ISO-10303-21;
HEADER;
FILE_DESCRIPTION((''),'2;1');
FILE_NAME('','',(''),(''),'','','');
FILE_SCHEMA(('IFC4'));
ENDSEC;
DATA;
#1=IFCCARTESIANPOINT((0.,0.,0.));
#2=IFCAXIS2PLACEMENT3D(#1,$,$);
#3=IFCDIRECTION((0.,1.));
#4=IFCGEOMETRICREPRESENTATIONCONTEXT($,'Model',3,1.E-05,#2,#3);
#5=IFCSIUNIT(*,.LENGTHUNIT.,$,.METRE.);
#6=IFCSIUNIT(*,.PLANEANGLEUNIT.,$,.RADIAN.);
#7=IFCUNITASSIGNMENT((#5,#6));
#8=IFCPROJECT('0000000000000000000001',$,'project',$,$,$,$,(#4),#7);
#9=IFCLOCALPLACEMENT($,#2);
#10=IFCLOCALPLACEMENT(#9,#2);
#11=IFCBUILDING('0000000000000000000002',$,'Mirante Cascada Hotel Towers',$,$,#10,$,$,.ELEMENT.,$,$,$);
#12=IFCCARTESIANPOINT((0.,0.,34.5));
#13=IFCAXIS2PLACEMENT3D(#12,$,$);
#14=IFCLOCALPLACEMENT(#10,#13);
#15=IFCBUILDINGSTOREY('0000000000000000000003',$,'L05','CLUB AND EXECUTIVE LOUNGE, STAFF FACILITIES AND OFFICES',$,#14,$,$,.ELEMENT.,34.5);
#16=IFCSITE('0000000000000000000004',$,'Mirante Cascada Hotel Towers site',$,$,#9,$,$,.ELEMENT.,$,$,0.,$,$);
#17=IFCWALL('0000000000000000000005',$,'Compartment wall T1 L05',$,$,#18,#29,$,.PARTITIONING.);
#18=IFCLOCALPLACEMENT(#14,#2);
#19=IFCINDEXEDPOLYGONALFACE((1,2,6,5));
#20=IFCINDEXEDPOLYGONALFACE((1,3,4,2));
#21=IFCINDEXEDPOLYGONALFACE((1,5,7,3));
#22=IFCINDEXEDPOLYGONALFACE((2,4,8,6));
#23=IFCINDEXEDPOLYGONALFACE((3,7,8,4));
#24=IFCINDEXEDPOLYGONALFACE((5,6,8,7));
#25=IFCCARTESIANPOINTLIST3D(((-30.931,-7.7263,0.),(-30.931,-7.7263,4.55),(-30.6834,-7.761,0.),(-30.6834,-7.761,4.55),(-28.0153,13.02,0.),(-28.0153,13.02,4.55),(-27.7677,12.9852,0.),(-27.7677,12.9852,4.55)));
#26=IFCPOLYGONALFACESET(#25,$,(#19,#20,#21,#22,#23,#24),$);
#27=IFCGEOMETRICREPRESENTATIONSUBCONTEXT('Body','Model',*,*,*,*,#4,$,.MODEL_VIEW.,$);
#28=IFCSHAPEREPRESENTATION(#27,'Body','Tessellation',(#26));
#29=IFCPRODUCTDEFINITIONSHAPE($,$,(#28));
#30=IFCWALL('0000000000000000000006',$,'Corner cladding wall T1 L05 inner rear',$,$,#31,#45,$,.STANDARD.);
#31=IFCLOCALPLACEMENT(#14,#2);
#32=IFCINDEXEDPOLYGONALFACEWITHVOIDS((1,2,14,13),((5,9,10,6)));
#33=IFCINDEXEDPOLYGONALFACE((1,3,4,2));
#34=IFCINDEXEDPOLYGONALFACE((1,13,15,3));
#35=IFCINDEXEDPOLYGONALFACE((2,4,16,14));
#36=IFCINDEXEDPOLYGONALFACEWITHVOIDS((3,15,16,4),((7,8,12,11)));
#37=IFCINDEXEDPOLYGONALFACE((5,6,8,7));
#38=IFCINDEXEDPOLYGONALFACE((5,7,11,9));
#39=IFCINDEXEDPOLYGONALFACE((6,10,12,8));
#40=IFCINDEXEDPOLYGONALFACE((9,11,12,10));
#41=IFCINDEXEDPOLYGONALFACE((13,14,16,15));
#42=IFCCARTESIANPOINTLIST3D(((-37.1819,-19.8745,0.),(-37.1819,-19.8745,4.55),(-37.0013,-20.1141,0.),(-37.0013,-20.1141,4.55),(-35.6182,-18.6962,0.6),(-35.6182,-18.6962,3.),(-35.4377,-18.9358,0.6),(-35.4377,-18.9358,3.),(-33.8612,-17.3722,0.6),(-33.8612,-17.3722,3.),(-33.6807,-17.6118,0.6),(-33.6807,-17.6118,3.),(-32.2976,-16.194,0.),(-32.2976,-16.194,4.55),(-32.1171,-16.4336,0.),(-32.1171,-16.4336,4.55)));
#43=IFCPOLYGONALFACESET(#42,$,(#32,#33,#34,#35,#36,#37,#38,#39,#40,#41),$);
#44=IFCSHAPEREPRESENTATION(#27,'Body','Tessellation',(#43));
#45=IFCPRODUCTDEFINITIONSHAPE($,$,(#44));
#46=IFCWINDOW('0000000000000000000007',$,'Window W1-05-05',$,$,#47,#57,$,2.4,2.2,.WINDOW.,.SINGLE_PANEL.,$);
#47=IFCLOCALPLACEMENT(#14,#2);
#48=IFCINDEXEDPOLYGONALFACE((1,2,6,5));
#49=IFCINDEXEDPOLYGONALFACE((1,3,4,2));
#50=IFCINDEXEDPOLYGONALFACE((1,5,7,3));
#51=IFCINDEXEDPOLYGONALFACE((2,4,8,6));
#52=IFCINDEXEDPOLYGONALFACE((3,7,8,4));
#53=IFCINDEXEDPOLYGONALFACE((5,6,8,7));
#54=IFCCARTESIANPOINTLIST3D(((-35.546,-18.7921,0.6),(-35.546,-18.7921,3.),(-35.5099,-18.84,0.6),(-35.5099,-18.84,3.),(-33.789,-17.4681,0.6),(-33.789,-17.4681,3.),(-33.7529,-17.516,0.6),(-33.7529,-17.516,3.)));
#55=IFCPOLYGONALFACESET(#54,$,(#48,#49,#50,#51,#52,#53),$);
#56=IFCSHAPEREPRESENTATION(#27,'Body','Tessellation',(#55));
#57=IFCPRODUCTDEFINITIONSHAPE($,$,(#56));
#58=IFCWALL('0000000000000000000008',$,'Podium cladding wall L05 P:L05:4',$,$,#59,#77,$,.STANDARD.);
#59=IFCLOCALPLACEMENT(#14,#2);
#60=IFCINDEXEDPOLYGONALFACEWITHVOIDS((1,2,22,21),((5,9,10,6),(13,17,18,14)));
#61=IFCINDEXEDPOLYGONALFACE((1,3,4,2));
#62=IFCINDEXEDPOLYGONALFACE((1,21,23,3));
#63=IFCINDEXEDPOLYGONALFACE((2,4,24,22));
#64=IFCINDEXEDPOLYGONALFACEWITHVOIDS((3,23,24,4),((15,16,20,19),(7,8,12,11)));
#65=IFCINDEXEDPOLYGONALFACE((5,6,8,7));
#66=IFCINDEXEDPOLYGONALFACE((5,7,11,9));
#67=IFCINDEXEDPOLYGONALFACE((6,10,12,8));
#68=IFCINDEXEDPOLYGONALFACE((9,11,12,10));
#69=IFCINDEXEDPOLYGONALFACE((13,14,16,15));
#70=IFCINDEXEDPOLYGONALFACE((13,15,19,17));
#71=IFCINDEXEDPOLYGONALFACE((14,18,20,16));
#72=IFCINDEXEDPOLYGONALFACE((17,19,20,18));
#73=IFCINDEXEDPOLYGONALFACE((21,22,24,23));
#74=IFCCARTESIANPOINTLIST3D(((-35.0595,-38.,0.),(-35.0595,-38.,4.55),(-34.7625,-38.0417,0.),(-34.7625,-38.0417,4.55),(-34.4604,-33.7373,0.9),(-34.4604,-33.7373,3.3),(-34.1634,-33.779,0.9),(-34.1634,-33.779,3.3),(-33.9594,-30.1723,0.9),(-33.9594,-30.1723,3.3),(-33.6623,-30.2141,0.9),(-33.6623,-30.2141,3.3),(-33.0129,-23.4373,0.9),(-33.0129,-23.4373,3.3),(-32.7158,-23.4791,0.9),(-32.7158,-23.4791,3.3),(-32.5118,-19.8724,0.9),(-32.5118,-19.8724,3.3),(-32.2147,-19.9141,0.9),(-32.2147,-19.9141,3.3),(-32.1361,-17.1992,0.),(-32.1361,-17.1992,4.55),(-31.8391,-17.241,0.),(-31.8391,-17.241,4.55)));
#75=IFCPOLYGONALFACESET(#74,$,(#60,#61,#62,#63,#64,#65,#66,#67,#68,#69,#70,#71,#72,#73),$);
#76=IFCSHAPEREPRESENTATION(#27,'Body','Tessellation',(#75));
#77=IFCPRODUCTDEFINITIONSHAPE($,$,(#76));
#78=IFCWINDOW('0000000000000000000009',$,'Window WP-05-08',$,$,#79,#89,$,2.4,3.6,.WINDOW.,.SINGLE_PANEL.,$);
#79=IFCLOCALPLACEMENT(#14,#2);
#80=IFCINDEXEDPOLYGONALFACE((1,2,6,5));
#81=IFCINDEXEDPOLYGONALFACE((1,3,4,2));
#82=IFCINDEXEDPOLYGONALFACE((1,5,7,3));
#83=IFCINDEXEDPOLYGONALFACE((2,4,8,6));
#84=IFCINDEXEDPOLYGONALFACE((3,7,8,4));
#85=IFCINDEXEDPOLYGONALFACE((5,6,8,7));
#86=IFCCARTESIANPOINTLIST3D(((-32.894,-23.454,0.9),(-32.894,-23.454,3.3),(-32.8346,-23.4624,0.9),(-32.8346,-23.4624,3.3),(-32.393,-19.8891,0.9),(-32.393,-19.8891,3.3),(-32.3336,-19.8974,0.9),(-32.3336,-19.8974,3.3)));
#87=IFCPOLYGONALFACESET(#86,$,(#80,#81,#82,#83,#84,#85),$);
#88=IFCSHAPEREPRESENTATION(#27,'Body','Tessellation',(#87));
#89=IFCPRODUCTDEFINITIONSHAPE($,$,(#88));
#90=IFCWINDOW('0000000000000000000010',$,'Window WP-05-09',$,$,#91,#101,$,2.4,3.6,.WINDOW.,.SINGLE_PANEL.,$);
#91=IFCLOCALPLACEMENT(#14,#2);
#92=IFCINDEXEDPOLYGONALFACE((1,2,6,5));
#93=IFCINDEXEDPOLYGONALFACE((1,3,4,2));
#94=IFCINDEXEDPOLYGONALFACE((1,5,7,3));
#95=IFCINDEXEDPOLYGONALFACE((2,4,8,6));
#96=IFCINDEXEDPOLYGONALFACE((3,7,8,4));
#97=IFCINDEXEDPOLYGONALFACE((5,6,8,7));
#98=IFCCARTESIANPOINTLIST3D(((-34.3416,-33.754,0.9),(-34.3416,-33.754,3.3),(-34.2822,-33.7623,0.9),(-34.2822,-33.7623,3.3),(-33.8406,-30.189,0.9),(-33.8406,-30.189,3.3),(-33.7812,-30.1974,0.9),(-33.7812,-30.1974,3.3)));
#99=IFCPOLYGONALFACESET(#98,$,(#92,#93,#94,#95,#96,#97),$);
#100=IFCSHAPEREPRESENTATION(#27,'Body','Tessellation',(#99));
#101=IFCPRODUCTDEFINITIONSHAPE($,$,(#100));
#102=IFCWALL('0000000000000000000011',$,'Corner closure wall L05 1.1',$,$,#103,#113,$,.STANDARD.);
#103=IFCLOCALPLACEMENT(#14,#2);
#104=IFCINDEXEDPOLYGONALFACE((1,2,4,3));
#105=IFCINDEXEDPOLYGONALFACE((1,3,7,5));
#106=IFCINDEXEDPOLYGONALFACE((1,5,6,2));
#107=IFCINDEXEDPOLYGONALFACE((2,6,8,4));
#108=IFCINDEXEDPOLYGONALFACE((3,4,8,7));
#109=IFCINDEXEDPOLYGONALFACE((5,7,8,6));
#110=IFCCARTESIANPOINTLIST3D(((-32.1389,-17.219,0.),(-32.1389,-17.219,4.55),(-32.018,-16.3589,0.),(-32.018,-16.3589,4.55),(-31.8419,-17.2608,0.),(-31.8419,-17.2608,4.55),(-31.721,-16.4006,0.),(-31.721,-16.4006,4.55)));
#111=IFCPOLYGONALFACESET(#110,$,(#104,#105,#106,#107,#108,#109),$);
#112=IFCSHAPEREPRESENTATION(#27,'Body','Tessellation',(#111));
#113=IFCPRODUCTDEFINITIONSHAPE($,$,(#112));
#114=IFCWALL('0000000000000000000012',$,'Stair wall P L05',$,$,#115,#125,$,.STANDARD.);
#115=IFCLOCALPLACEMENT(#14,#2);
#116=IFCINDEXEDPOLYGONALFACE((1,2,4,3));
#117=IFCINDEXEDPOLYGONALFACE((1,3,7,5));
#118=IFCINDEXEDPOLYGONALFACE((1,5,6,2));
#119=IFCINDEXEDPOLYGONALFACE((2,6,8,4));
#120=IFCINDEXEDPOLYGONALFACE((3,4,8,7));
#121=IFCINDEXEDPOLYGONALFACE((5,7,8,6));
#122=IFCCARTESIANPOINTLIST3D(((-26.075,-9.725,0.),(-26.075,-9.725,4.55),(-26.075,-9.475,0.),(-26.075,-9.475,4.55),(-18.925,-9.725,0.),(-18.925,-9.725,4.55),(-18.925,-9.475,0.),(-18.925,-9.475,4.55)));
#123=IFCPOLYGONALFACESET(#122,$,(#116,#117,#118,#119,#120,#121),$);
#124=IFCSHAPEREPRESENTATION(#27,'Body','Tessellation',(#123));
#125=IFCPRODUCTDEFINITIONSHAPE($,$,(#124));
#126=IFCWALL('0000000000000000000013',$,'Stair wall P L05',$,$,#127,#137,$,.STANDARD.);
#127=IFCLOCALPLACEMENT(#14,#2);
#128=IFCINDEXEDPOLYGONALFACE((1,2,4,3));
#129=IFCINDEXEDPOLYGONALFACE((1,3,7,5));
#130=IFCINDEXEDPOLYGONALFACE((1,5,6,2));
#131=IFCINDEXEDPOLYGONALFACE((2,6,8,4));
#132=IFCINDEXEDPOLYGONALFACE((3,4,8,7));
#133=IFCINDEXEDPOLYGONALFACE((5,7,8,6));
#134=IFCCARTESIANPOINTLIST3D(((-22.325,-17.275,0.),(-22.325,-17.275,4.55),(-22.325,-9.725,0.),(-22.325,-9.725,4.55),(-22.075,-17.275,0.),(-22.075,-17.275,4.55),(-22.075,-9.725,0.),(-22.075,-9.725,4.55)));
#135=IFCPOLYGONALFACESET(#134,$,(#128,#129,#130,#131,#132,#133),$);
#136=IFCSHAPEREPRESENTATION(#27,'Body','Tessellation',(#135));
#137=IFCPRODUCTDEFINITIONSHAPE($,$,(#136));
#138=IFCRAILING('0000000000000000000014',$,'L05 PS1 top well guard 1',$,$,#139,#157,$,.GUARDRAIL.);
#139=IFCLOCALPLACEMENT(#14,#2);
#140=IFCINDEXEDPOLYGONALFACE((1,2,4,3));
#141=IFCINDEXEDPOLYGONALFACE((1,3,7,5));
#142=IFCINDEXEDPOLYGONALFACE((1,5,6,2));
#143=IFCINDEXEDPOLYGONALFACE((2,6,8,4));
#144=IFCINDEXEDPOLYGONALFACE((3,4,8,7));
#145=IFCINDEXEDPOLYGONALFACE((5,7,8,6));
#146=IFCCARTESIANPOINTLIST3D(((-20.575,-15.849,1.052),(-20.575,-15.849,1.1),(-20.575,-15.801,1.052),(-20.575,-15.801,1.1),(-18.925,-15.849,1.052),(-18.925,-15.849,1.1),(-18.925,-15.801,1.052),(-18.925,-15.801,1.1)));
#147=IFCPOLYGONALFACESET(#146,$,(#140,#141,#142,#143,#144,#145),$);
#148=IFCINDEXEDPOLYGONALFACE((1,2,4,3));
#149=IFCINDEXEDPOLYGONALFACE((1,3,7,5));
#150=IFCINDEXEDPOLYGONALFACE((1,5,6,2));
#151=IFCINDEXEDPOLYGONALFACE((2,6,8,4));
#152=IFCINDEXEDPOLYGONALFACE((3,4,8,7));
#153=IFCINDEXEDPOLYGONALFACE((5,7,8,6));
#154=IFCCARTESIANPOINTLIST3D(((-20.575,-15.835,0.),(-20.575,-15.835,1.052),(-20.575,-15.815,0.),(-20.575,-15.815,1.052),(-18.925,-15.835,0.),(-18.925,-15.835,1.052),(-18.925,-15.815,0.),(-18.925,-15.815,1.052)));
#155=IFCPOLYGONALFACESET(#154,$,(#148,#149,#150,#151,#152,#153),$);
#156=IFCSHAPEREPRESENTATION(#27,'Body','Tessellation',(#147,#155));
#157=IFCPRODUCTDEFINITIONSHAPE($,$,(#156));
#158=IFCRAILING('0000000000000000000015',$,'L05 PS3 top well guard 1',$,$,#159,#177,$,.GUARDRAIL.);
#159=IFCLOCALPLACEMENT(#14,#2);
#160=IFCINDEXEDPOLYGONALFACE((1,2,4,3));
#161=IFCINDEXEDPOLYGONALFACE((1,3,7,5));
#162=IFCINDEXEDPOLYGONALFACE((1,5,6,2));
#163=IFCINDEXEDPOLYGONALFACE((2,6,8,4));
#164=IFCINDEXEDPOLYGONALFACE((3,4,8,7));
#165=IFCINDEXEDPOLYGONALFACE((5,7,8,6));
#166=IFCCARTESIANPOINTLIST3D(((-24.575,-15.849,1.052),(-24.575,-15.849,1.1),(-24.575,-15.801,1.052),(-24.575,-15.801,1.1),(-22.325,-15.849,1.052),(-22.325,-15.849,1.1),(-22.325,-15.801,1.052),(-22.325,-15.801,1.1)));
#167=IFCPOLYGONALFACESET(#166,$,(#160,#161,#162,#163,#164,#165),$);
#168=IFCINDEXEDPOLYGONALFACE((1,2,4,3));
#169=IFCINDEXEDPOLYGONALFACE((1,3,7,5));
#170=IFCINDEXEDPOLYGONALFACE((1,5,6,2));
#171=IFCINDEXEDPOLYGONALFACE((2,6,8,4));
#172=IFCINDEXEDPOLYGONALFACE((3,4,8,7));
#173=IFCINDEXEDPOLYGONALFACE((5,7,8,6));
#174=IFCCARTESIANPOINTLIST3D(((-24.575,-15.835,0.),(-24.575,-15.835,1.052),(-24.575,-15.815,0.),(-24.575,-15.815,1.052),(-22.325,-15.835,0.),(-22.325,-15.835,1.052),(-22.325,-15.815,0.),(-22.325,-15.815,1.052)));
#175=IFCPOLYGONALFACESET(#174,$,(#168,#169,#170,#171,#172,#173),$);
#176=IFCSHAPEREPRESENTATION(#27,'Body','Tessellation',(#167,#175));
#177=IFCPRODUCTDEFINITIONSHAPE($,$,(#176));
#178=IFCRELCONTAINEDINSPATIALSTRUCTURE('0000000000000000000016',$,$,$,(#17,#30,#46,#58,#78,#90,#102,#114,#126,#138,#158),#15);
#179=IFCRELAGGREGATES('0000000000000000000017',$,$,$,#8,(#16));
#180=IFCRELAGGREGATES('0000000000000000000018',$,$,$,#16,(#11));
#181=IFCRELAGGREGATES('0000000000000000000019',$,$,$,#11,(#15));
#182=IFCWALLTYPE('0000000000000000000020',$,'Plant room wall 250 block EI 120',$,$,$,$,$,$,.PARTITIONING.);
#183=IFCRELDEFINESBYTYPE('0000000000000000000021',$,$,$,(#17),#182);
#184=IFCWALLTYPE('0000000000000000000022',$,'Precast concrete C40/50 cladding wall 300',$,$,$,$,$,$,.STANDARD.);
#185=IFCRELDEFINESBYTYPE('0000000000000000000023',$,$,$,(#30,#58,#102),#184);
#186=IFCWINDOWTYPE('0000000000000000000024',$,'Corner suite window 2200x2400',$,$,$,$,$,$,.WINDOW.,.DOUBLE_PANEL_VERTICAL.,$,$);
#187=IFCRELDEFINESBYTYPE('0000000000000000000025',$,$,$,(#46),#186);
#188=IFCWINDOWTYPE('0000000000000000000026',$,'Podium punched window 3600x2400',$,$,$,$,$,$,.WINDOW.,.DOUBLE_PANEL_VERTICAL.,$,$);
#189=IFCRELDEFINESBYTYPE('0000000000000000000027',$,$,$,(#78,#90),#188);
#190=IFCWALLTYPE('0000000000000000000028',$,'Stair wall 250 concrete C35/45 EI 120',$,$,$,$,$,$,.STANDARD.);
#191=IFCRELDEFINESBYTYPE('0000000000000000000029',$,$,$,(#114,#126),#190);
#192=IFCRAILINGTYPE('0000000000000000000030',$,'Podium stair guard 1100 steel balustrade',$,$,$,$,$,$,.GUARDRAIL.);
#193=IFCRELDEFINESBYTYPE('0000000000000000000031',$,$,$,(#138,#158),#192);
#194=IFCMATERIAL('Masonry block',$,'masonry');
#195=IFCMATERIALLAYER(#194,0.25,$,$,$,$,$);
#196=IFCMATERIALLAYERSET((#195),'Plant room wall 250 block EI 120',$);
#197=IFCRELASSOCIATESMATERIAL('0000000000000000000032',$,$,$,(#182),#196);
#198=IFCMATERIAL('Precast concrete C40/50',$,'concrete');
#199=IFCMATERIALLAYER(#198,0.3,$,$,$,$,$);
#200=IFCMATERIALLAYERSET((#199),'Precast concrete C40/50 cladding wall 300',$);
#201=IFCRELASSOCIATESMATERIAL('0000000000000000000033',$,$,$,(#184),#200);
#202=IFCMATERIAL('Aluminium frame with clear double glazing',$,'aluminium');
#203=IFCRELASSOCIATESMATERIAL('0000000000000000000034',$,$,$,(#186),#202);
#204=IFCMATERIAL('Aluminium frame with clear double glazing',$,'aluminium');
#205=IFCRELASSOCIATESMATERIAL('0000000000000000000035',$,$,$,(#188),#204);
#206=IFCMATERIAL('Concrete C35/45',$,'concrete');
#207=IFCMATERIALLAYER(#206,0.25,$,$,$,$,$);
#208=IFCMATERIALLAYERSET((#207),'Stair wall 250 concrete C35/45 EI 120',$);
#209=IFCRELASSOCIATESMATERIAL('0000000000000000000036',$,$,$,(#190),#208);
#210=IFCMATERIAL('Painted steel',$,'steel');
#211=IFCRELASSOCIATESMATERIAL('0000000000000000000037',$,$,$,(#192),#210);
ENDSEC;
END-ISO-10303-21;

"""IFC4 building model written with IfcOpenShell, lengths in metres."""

from ifc_helpers import new_model, si_unit, direction, frame, frame_2d, origin, origin_2d, place, context, subcontext, project, spatial, rectangle, extrude, material, layer, layer_set, type_object, element, fill, save


model = new_model("IFC4")

# Units and contexts
model_context = context("Model", 3, precision=1e-05, world=origin(), true_north=direction((0.0, 1.0)))
body_context = subcontext(model_context, "Body", "Model", "MODEL_VIEW")
ifc_project = project(units=[si_unit("LENGTHUNIT", "METRE"), si_unit("PLANEANGLEUNIT", "RADIAN")], contexts=[model_context])

# Site, building, storey
site_placement = place(None, origin())
site = spatial("IfcSite", under=ifc_project, at=site_placement, Name="Mirante Cascada Hotel Towers site", CompositionType="ELEMENT", RefElevation=0.0)
building_placement = place(site_placement, origin())
building = spatial("IfcBuilding", under=site, at=building_placement, Name="Mirante Cascada Hotel Towers", CompositionType="ELEMENT")
storey_placement = place(building_placement, frame((0.0, 0.0, 34.5)))
storey = spatial("IfcBuildingStorey", under=building, at=storey_placement, Name="L05", Description="CLUB AND EXECUTIVE LOUNGE, STAFF FACILITIES AND OFFICES", CompositionType="ELEMENT", Elevation=34.5)

# Wall
ifc_material_1 = material(Name="Masonry block", Category="masonry")
ifc_layer_1 = layer(ifc_material_1, 0.25)
ifc_layer_set_1 = layer_set([ifc_layer_1], Name="Plant room wall 250 block EI 120")
wall_type_1 = type_object("IfcWallType", Name="Plant room wall 250 block EI 120", PredefinedType="PARTITIONING", material=ifc_layer_set_1)
wall_1_placement = place(storey_placement, frame((-30.8072, -7.7436, 0.0), z_axis=(0.0, 0.0, 1.0), x_axis=(0.139174, 0.990268, 0.0)))
element("IfcWall", 1, at=wall_1_placement, inside=storey, type_object=wall_type_1, Name="Compartment wall T1 L05", PredefinedType="PARTITIONING", context=body_context, shape_type="SweptSolid", body=[
    extrude(rectangle(XDim=20.9501, YDim=0.25, at=frame_2d((10.475, 0.0))), origin(), (0.0, 0.0, 1.0), 4.55),
])

# Wall, opening, window
ifc_material_2 = material(Name="Precast concrete C40/50", Category="concrete")
ifc_layer_2 = layer(ifc_material_2, 0.3)
ifc_layer_set_2 = layer_set([ifc_layer_2], Name="Precast concrete C40/50 cladding wall 300")
wall_type_2 = type_object("IfcWallType", Name="Precast concrete C40/50 cladding wall 300", PredefinedType="STANDARD", material=ifc_layer_set_2)
wall_2_placement = place(storey_placement, frame((-32.2074, -16.3138, 0.0), z_axis=(0.0, 0.0, 1.0), x_axis=(-0.798636, -0.601814, 0.0)))
wall_2 = element("IfcWall", 2, at=wall_2_placement, inside=storey, type_object=wall_type_2, Name="Corner cladding wall T1 L05 inner rear", PredefinedType="STANDARD", context=body_context, shape_type="SweptSolid", body=[
    extrude(rectangle(XDim=6.1157, YDim=0.3, at=frame_2d((3.0578, 0.0))), origin(), (0.0, 0.0, 1.0), 4.55),
])
opening_1_placement = place(wall_2_placement, frame((1.9578, 0.0, 0.6)))
opening_1 = element("IfcOpeningElement", 3, at=opening_1_placement, cuts=wall_2, PredefinedType="OPENING", context=body_context, shape_type="SweptSolid", body=[
    extrude(rectangle(XDim=2.2, YDim=2.4, at=frame_2d((1.1, 1.2))), frame((0.0, 0.15, 0.0), z_axis=(0.0, -1.0, 0.0), x_axis=(1.0, 0.0, 0.0)), (0.0, 0.0, 1.0), 0.3),
])
ifc_material_3 = material(Name="Aluminium frame with clear double glazing", Category="aluminium")
window_type_1 = type_object("IfcWindowType", Name="Corner suite window 2200x2400", PartitioningType="DOUBLE_PANEL_VERTICAL", PredefinedType="WINDOW", material=ifc_material_3)
window_1_placement = place(opening_1_placement, origin())
window_1 = element("IfcWindow", 4, at=window_1_placement, inside=storey, type_object=window_type_1, Name="Window W1-05-05", OverallHeight=2.4, OverallWidth=2.2, PartitioningType="SINGLE_PANEL", PredefinedType="WINDOW", context=body_context, shape_type="SweptSolid", body=[
    extrude(rectangle(XDim=2.2, YDim=2.4, at=frame_2d((1.1, 1.2))), frame((0.0, 0.03, 0.0), z_axis=(0.0, -1.0, 0.0), x_axis=(1.0, 0.0, 0.0)), (0.0, 0.0, 1.0), 0.06),
])
fill(opening_1, window_1)

# Wall, openings, windows
wall_3_placement = place(storey_placement, frame((-31.9876, -17.2201, 0.0), z_axis=(0.0, 0.0, 1.0), x_axis=(-0.139175, -0.990268, 0.0)))
wall_3 = element("IfcWall", 5, at=wall_3_placement, inside=storey, type_object=wall_type_2, Name="Podium cladding wall L05 P:L05:4", PredefinedType="STANDARD", context=body_context, shape_type="SweptSolid", body=[
    extrude(rectangle(XDim=21.0052, YDim=0.3, at=frame_2d((10.5026, 0.0))), origin(), (0.0, 0.0, 1.0), 4.55),
])
opening_2_placement = place(wall_3_placement, frame((2.6994, 0.0, 0.9)))
opening_2 = element("IfcOpeningElement", 6, at=opening_2_placement, cuts=wall_3, PredefinedType="OPENING", context=body_context, shape_type="SweptSolid", body=[
    extrude(rectangle(XDim=3.6, YDim=2.4, at=frame_2d((1.8, 1.2))), frame((0.0, 0.15, 0.0), z_axis=(0.0, -1.0, 0.0), x_axis=(1.0, 0.0, 0.0)), (0.0, 0.0, 1.0), 0.3),
])
opening_3_placement = place(wall_3_placement, frame((13.1006, 0.0, 0.9)))
opening_3 = element("IfcOpeningElement", 7, at=opening_3_placement, cuts=wall_3, PredefinedType="OPENING", context=body_context, shape_type="SweptSolid", body=[
    extrude(rectangle(XDim=3.6, YDim=2.4, at=frame_2d((1.8, 1.2))), frame((0.0, 0.15, 0.0), z_axis=(0.0, -1.0, 0.0), x_axis=(1.0, 0.0, 0.0)), (0.0, 0.0, 1.0), 0.3),
])
ifc_material_4 = material(Name="Aluminium frame with clear double glazing", Category="aluminium")
window_type_2 = type_object("IfcWindowType", Name="Podium punched window 3600x2400", PartitioningType="DOUBLE_PANEL_VERTICAL", PredefinedType="WINDOW", material=ifc_material_4)
window_2_placement = place(opening_2_placement, origin())
window_2 = element("IfcWindow", 8, at=window_2_placement, inside=storey, type_object=window_type_2, Name="Window WP-05-08", OverallHeight=2.4, OverallWidth=3.6, PartitioningType="SINGLE_PANEL", PredefinedType="WINDOW", context=body_context, shape_type="SweptSolid", body=[
    extrude(rectangle(XDim=3.6, YDim=2.4, at=frame_2d((1.8, 1.2))), frame((0.0, 0.03, 0.0), z_axis=(0.0, -1.0, 0.0), x_axis=(1.0, 0.0, 0.0)), (0.0, 0.0, 1.0), 0.06),
])
fill(opening_2, window_2)
window_3_placement = place(opening_3_placement, origin())
window_3 = element("IfcWindow", 9, at=window_3_placement, inside=storey, type_object=window_type_2, Name="Window WP-05-09", OverallHeight=2.4, OverallWidth=3.6, PartitioningType="SINGLE_PANEL", PredefinedType="WINDOW", context=body_context, shape_type="SweptSolid", body=[
    extrude(rectangle(XDim=3.6, YDim=2.4, at=frame_2d((1.8, 1.2))), frame((0.0, 0.03, 0.0), z_axis=(0.0, -1.0, 0.0), x_axis=(1.0, 0.0, 0.0)), (0.0, 0.0, 1.0), 0.06),
])
fill(opening_3, window_3)

# Walls
wall_4_placement = place(storey_placement, frame((-31.9904, -17.2399, 0.0), z_axis=(0.0, 0.0, 1.0), x_axis=(0.139197, 0.990265, 0.0)))
element("IfcWall", 10, at=wall_4_placement, inside=storey, type_object=wall_type_2, Name="Corner closure wall L05 1.1", PredefinedType="STANDARD", context=body_context, shape_type="SweptSolid", body=[
    extrude(rectangle(XDim=0.8686, YDim=0.3, at=frame_2d((0.4343, 0.0))), origin(), (0.0, 0.0, 1.0), 4.55),
])
ifc_material_5 = material(Name="Concrete C35/45", Category="concrete")
ifc_layer_3 = layer(ifc_material_5, 0.25)
ifc_layer_set_3 = layer_set([ifc_layer_3], Name="Stair wall 250 concrete C35/45 EI 120")
wall_type_3 = type_object("IfcWallType", Name="Stair wall 250 concrete C35/45 EI 120", PredefinedType="STANDARD", material=ifc_layer_set_3)
wall_5_placement = place(storey_placement, frame((-26.075, -9.6, 0.0), z_axis=(0.0, 0.0, 1.0), x_axis=(1.0, 0.0, 0.0)))
element("IfcWall", 11, at=wall_5_placement, inside=storey, type_object=wall_type_3, Name="Stair wall P L05", PredefinedType="STANDARD", context=body_context, shape_type="SweptSolid", body=[
    extrude(rectangle(XDim=7.15, YDim=0.25, at=frame_2d((3.575, 0.0))), origin(), (0.0, 0.0, 1.0), 4.55),
])
wall_6_placement = place(storey_placement, frame((-22.2, -17.275, 0.0), z_axis=(0.0, 0.0, 1.0), x_axis=(0.0, 1.0, 0.0)))
element("IfcWall", 12, at=wall_6_placement, inside=storey, type_object=wall_type_3, Name="Stair wall P L05", PredefinedType="STANDARD", context=body_context, shape_type="SweptSolid", body=[
    extrude(rectangle(XDim=7.55, YDim=0.25, at=frame_2d((3.775, 0.0))), origin(), (0.0, 0.0, 1.0), 4.55),
])

# Railings
ifc_material_6 = material(Name="Painted steel", Category="steel")
railing_type = type_object("IfcRailingType", Name="Podium stair guard 1100 steel balustrade", PredefinedType="GUARDRAIL", material=ifc_material_6)
railing_1_placement = place(storey_placement, frame((-18.925, -15.825, 0.0)))
element("IfcRailing", 13, at=railing_1_placement, inside=storey, type_object=railing_type, Name="L05 PS1 top well guard 1", PredefinedType="GUARDRAIL", context=body_context, shape_type="SweptSolid", body=[
    extrude(rectangle(XDim=0.048, YDim=0.048, at=origin_2d()), frame((0.0, 0.0, 1.076), z_axis=(-1.0, 0.0, 0.0), x_axis=(0.0, -1.0, 0.0)), (0.0, 0.0, 1.0), 1.65),
    extrude(rectangle(XDim=0.02, YDim=1.052, at=origin_2d()), frame((0.0, 0.0, 0.526), z_axis=(-1.0, 0.0, 0.0), x_axis=(0.0, -1.0, 0.0)), (0.0, 0.0, 1.0), 1.65),
])
railing_2_placement = place(storey_placement, frame((-22.325, -15.825, 0.0)))
element("IfcRailing", 14, at=railing_2_placement, inside=storey, type_object=railing_type, Name="L05 PS3 top well guard 1", PredefinedType="GUARDRAIL", context=body_context, shape_type="SweptSolid", body=[
    extrude(rectangle(XDim=0.048, YDim=0.048, at=origin_2d()), frame((0.0, 0.0, 1.076), z_axis=(-1.0, 0.0, 0.0), x_axis=(0.0, -1.0, 0.0)), (0.0, 0.0, 1.0), 2.25),
    extrude(rectangle(XDim=0.02, YDim=1.052, at=origin_2d()), frame((0.0, 0.0, 0.526), z_axis=(-1.0, 0.0, 0.0), x_axis=(0.0, -1.0, 0.0)), (0.0, 0.0, 1.0), 2.25),
])

save(model, "model.ifc")
